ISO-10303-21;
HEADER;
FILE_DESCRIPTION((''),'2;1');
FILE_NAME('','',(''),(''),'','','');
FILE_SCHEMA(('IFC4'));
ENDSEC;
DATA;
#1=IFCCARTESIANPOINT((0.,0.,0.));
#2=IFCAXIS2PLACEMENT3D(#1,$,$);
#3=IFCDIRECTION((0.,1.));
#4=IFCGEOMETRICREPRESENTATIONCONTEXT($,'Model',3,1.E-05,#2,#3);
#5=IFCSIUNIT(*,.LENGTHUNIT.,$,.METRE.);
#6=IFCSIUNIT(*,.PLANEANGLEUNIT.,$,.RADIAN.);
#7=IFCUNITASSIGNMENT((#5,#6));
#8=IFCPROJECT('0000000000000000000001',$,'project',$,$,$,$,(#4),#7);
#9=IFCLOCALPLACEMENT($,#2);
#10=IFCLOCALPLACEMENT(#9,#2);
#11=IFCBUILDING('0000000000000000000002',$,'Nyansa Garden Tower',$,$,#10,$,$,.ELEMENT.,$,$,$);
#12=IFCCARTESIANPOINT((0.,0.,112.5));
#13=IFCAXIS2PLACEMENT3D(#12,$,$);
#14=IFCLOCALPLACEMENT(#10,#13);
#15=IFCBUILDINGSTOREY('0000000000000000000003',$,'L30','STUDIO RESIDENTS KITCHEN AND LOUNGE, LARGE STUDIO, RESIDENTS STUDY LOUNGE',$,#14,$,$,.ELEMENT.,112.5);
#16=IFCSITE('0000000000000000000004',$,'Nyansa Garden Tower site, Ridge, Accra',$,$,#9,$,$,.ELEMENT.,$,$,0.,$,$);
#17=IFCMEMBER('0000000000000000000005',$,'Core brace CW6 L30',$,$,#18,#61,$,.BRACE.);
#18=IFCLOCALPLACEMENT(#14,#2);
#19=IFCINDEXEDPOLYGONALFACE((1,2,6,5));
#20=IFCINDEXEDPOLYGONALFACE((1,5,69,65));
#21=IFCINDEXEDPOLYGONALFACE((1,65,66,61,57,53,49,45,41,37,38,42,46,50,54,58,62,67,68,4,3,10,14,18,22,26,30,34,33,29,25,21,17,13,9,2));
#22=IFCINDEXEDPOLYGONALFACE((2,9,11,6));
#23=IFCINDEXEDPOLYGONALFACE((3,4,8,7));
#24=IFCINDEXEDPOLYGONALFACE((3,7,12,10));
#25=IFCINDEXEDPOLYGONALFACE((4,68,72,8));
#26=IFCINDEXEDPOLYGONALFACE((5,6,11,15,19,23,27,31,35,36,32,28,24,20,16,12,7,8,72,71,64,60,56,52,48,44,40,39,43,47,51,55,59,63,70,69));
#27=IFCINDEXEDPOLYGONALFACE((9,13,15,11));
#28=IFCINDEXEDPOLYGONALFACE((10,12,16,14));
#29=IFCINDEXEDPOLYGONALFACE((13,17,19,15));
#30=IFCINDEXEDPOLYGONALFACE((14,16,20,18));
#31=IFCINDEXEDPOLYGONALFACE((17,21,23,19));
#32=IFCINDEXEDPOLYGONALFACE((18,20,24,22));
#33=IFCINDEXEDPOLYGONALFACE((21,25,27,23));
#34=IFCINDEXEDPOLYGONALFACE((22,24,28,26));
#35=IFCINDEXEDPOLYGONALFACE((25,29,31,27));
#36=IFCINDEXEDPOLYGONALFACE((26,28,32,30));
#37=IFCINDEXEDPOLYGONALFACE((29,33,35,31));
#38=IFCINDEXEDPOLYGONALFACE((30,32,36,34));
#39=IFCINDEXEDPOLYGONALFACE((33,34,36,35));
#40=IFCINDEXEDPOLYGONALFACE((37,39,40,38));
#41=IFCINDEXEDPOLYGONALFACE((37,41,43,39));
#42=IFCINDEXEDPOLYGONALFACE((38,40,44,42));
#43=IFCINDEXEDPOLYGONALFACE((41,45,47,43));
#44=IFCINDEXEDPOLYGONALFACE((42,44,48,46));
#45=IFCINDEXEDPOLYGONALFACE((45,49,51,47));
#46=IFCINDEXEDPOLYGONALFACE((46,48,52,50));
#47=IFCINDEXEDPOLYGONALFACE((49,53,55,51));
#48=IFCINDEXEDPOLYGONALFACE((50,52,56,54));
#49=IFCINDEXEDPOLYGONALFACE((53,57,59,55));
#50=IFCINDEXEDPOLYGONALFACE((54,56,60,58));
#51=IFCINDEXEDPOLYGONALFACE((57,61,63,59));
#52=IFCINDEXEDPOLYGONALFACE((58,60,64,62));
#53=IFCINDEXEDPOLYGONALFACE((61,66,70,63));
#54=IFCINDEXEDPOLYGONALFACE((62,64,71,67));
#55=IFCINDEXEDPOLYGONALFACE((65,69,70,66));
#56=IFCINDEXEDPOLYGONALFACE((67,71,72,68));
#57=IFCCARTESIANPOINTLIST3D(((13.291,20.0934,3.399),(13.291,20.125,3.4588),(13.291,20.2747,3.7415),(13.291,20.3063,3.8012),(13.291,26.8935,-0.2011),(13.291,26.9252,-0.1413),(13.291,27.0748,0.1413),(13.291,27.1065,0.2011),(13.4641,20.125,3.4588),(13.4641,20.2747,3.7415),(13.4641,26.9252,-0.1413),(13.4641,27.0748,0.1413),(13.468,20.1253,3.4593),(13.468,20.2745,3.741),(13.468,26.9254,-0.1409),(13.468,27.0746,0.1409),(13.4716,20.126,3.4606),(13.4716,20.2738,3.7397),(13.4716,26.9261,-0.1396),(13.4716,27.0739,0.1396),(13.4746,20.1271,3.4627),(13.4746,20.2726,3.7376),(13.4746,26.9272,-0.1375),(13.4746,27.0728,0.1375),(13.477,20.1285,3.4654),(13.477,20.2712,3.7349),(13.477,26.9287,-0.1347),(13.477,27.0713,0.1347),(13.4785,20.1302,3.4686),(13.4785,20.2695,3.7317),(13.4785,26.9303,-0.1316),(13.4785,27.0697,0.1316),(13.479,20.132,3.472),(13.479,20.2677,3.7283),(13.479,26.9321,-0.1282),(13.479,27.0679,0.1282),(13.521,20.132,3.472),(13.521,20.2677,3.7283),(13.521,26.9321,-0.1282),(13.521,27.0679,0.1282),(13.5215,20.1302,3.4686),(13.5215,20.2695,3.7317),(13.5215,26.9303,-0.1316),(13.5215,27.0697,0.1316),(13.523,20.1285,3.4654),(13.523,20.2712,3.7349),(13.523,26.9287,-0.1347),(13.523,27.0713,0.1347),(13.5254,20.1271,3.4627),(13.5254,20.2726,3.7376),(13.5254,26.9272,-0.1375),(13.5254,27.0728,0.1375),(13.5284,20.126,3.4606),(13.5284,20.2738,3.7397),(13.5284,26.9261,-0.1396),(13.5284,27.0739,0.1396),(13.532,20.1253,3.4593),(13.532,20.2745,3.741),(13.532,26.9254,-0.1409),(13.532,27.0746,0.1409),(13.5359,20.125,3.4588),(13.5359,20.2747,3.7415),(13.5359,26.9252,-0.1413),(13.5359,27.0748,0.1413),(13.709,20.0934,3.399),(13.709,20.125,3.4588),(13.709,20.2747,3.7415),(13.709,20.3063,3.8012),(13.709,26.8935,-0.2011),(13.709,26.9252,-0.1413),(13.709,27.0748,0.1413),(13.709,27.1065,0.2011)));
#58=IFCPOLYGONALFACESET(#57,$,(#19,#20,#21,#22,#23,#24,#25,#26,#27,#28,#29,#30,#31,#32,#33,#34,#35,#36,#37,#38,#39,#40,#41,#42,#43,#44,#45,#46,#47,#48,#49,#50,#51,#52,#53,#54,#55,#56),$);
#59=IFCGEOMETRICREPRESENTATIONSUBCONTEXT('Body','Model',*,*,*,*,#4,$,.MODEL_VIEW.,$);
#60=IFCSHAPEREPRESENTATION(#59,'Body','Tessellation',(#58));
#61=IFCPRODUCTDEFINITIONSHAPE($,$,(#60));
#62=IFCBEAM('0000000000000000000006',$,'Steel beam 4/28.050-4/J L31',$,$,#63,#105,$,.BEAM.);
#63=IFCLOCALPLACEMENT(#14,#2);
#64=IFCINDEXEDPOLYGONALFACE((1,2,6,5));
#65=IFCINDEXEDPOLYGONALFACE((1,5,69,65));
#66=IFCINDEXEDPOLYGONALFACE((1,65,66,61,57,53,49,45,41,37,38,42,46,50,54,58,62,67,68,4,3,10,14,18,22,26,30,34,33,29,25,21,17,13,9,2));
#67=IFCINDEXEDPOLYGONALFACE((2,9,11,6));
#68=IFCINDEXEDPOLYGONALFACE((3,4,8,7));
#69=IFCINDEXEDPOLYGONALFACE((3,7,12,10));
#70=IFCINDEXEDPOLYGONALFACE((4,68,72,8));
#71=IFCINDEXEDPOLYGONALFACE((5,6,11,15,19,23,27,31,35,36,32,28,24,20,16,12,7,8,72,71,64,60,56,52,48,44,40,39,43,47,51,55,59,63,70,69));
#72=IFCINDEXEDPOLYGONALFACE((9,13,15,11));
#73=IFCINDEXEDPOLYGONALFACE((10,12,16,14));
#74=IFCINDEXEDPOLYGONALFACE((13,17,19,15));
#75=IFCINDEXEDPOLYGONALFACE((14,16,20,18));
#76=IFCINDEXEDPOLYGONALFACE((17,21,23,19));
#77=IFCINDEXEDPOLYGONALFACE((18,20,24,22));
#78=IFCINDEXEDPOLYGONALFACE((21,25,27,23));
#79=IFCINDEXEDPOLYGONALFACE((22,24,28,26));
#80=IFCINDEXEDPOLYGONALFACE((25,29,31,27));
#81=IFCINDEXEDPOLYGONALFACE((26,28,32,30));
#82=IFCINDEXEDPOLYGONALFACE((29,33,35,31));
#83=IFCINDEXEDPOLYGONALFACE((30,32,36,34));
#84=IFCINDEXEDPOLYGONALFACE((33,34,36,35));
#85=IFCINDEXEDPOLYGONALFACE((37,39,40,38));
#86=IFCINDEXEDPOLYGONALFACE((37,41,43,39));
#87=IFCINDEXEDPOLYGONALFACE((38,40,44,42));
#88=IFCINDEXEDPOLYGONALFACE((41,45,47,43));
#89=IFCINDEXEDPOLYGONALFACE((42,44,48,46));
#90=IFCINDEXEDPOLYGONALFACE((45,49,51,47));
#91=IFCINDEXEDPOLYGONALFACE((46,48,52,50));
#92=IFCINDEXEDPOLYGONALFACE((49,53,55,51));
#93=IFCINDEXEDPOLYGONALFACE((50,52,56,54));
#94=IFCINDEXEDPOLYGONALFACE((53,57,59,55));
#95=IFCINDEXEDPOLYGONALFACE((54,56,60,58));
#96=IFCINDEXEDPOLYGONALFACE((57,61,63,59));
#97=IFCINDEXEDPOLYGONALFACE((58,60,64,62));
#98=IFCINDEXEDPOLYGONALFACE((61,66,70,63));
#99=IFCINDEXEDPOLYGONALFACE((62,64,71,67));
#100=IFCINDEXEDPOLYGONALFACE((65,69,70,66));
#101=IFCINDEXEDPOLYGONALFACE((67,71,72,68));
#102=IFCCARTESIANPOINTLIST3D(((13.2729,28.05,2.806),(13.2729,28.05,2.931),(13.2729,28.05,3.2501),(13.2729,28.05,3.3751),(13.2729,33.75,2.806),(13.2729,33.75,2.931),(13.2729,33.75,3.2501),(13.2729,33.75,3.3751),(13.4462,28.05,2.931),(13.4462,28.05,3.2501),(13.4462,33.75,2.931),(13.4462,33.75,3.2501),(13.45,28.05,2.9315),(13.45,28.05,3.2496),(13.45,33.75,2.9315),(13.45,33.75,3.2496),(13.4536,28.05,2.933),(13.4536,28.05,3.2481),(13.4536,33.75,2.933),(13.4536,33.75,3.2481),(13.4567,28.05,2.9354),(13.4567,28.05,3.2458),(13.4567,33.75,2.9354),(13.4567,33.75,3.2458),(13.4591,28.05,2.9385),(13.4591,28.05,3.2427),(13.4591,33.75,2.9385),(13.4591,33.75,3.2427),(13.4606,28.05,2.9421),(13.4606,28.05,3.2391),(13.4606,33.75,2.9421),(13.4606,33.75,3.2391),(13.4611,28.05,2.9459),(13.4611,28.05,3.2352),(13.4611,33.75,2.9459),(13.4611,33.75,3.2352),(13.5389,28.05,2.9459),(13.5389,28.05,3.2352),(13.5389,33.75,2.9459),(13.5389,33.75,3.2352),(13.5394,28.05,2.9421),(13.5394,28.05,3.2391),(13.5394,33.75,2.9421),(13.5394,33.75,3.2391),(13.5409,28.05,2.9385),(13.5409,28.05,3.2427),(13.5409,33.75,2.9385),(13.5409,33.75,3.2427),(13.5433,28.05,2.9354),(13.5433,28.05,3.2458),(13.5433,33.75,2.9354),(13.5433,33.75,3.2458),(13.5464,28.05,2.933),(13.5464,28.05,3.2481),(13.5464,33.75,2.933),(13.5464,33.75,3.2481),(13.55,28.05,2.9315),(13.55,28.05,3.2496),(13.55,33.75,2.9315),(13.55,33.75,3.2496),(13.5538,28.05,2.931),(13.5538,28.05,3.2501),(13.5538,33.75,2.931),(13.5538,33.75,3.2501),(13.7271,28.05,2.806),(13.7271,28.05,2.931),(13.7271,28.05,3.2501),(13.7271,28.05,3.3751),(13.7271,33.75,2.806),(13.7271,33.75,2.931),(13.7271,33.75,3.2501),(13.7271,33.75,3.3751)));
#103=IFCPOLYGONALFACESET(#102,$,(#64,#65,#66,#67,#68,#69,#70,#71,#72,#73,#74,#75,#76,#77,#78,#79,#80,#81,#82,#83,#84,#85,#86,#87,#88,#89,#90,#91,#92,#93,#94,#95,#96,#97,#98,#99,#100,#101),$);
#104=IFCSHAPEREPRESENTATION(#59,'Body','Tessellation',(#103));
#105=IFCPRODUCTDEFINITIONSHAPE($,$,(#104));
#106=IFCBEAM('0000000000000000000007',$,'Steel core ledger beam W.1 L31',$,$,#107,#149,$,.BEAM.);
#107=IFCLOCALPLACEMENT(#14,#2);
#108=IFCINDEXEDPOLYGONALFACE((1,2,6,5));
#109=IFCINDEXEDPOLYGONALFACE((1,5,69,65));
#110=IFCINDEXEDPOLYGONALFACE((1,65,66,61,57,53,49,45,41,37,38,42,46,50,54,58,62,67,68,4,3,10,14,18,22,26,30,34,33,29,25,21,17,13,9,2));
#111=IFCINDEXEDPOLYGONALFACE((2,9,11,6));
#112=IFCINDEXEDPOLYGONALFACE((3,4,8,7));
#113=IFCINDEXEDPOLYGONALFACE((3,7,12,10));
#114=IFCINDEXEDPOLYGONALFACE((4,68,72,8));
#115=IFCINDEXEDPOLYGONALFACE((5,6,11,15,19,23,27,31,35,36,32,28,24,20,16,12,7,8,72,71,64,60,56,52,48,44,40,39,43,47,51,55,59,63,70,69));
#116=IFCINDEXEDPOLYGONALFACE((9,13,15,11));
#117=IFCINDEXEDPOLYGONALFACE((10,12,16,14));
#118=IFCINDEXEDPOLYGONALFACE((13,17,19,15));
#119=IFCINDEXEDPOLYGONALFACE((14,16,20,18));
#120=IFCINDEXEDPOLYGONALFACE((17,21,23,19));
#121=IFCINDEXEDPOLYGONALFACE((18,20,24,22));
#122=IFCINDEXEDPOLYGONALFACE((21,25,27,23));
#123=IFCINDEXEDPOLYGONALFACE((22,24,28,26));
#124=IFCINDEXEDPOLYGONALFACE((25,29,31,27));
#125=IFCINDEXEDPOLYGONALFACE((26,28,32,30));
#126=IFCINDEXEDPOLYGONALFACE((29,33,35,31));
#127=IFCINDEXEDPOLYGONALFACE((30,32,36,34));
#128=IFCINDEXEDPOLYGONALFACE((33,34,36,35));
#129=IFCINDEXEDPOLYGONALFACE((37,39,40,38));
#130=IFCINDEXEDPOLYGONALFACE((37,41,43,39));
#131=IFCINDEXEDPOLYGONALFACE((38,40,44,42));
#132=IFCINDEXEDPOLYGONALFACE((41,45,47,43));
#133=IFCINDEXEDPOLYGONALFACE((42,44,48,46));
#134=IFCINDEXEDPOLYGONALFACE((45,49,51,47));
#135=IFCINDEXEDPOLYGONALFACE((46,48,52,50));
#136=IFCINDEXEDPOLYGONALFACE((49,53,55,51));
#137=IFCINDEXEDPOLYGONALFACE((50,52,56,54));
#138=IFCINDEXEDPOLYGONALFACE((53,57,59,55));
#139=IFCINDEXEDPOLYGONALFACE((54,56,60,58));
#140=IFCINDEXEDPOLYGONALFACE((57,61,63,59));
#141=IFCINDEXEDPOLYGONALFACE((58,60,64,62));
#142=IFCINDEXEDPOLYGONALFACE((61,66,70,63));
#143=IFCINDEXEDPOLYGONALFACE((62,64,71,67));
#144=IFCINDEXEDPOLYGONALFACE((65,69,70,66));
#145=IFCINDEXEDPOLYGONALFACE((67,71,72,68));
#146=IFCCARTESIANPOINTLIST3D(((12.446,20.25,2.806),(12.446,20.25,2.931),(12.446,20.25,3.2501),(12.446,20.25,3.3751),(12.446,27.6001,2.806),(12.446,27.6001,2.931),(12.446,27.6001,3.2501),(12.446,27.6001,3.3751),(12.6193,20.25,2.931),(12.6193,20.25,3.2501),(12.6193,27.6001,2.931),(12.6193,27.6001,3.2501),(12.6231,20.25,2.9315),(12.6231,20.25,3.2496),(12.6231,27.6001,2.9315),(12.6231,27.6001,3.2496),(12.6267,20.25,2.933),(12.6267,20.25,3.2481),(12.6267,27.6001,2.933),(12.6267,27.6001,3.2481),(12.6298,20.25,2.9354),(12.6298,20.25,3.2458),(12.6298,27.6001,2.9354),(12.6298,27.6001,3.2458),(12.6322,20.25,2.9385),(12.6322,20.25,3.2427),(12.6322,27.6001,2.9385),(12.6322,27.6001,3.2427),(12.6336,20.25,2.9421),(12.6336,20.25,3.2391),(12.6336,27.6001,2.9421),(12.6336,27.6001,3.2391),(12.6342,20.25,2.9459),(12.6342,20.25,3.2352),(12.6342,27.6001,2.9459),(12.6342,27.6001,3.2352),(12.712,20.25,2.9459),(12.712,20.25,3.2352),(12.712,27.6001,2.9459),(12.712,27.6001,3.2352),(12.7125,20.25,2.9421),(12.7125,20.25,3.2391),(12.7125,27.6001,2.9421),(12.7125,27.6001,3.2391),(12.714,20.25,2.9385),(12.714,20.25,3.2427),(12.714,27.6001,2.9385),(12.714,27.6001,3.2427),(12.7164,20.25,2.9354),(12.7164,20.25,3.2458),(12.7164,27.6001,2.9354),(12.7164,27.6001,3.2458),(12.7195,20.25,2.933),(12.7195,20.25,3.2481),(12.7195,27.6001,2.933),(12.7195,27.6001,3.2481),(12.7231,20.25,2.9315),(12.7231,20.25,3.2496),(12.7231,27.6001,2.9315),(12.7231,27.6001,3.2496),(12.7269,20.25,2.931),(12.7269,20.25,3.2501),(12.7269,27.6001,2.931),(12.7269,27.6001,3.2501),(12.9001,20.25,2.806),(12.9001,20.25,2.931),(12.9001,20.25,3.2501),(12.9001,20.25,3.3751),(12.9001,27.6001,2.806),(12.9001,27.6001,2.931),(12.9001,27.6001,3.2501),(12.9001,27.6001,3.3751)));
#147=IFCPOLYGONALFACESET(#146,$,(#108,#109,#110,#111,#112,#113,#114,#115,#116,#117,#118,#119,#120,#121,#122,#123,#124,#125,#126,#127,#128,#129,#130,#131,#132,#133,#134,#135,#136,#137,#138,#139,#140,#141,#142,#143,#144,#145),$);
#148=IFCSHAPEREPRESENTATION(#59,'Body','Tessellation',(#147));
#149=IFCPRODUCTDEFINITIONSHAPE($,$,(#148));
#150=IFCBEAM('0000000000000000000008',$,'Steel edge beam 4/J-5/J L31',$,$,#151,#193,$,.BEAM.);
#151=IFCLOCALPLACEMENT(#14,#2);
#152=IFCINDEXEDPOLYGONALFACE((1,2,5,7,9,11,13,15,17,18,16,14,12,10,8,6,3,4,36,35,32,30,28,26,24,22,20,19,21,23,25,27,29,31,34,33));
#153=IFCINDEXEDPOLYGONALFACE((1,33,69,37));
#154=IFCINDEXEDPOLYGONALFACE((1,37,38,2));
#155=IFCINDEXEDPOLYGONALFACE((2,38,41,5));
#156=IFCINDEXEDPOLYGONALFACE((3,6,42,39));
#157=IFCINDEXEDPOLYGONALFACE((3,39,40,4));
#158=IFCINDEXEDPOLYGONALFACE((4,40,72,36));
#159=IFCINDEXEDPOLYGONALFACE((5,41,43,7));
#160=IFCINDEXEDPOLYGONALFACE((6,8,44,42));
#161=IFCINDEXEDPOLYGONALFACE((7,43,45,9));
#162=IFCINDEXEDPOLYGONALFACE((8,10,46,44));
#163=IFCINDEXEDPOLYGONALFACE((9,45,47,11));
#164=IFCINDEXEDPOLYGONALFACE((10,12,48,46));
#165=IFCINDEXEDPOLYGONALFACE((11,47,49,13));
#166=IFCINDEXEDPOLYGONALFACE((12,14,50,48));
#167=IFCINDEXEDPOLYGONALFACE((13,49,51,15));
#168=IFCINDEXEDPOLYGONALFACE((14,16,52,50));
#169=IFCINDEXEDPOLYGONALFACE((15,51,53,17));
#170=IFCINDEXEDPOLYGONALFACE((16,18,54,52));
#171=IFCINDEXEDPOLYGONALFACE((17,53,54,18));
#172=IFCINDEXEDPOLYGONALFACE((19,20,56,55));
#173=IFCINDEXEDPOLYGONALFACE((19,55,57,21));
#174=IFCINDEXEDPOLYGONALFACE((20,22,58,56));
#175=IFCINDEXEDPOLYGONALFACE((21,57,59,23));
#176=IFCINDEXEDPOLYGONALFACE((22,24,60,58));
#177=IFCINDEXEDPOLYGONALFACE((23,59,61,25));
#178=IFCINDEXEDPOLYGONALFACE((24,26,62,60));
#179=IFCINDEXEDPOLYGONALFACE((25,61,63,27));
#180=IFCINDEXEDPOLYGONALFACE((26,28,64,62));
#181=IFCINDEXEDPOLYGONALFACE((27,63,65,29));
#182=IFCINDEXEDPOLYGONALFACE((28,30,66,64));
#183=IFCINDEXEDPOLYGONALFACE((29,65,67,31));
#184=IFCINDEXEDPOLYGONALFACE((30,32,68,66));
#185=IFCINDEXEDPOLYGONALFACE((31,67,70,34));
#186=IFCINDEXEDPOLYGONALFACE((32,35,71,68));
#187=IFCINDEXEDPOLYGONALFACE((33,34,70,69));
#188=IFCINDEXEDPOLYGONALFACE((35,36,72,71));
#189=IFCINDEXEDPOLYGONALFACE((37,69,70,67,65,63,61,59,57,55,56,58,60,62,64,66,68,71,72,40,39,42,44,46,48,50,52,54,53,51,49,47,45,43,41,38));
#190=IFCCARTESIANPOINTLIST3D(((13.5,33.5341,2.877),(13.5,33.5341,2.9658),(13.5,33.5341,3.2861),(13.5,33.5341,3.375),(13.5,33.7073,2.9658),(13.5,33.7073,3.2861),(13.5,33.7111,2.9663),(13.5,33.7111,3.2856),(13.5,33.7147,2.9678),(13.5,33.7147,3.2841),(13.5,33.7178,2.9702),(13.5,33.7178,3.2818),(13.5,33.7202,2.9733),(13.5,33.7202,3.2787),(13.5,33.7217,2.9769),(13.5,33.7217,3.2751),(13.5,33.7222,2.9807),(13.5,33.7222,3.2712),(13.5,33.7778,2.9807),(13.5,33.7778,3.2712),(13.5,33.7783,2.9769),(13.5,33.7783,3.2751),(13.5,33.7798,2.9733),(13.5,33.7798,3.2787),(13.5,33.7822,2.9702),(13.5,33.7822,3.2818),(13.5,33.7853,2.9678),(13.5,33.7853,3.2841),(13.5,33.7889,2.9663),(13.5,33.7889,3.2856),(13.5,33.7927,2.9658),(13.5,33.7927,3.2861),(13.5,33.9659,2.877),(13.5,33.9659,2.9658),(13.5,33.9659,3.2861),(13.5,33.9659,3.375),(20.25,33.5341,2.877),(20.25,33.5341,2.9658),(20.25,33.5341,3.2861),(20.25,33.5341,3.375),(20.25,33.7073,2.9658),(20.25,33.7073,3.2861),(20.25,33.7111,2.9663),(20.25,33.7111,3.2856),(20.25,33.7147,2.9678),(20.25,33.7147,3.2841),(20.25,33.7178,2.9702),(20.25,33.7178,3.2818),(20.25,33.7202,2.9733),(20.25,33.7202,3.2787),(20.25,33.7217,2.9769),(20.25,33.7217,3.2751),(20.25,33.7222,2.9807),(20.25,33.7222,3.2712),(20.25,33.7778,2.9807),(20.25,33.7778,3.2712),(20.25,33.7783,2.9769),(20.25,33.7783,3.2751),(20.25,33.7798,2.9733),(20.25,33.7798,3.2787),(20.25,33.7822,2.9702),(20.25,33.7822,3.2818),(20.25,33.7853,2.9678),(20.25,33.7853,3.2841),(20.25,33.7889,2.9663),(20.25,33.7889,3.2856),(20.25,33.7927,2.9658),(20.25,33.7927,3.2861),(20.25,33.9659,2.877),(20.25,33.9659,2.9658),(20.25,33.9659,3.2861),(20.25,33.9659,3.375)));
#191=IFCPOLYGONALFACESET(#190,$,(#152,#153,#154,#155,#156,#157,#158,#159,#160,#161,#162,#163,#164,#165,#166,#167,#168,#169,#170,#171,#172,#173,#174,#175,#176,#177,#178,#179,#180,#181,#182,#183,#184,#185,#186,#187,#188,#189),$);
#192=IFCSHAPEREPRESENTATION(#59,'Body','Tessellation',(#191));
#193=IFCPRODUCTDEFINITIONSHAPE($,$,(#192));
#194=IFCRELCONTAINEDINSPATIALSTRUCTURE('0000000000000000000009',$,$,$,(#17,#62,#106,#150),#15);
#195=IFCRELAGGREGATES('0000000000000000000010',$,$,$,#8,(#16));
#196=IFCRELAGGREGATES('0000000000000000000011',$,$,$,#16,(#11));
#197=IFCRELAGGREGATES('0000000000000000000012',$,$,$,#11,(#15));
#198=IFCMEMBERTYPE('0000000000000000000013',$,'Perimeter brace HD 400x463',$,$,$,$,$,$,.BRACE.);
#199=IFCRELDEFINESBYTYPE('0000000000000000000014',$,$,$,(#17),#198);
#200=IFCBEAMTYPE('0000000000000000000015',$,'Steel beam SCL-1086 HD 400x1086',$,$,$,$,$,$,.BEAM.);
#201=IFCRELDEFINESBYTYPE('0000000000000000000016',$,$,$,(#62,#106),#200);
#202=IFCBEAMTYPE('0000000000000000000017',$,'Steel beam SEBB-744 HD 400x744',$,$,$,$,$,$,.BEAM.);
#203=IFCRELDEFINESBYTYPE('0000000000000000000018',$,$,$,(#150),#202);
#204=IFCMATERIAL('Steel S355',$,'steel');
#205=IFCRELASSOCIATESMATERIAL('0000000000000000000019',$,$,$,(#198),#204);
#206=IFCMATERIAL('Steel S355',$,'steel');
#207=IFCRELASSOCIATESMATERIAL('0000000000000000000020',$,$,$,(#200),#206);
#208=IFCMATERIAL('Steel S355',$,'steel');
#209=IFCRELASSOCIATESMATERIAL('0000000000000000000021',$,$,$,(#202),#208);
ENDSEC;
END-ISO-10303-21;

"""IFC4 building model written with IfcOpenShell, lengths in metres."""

from ifc_helpers import new_model, si_unit, direction, frame, origin, origin_2d, place, context, subcontext, project, spatial, i_section, extrude, material, material_profile, profile_set, type_object, element, save


model = new_model("IFC4")

# Units and contexts
model_context = context("Model", 3, precision=1e-05, world=origin(), true_north=direction((0.0, 1.0)))
body_context = subcontext(model_context, "Body", "Model", "MODEL_VIEW")
ifc_project = project(units=[si_unit("LENGTHUNIT", "METRE"), si_unit("PLANEANGLEUNIT", "RADIAN")], contexts=[model_context])

# Site, building, storey
site_placement = place(None, origin())
site = spatial("IfcSite", under=ifc_project, at=site_placement, Name="Nyansa Garden Tower site, Ridge, Accra", CompositionType="ELEMENT", RefElevation=0.0)
building_placement = place(site_placement, origin())
building = spatial("IfcBuilding", under=site, at=building_placement, Name="Nyansa Garden Tower", CompositionType="ELEMENT")
storey_placement = place(building_placement, frame((0.0, 0.0, 112.5)))
storey = spatial("IfcBuildingStorey", under=building, at=storey_placement, Name="L30", Description="STUDIO RESIDENTS KITCHEN AND LOUNGE, LARGE STUDIO, RESIDENTS STUDY LOUNGE", CompositionType="ELEMENT", Elevation=112.5)

# Member
ifc_material_1 = material(Name="Steel S355", Category="steel")
ifc_material_profile_1 = material_profile(ifc_material_1, i_section(OverallWidth=0.418, OverallDepth=0.4551, WebThickness=0.042, FlangeThickness=0.0676, FilletRadius=0.0149, at=origin_2d()), Name="HD 400x463")
ifc_profile_set_1 = profile_set([ifc_material_profile_1], Name="Steel S355")
member_type_1 = type_object("IfcMemberType", Name="Perimeter brace HD 400x463", PredefinedType="BRACE", material=ifc_profile_set_1)
member_1_placement = place(storey_placement, frame((13.5, 27.0, 0.0), z_axis=(0.0, -0.883784, 0.467895), x_axis=(1.0, 0.0, 0.0)))
element("IfcMember", 1, at=member_1_placement, inside=storey, type_object=member_type_1, Name="Core brace CW6 L30", PredefinedType="BRACE", context=body_context, shape_type="SweptSolid", body=[
    extrude(i_section(OverallWidth=0.418, OverallDepth=0.4551, WebThickness=0.042, FlangeThickness=0.0676, FilletRadius=0.0149, at=origin_2d()), origin(), (0.0, 0.0, 1.0), 7.6943),
])

# Beams
ifc_material_2 = material(Name="Steel S355", Category="steel")
ifc_material_profile_2 = material_profile(ifc_material_2, i_section(OverallWidth=0.4541, OverallDepth=0.5691, WebThickness=0.0779, FlangeThickness=0.125, FilletRadius=0.0149, at=origin_2d()), Name="HD 400x1086")
ifc_profile_set_2 = profile_set([ifc_material_profile_2], Name="Steel S355")
beam_type_1 = type_object("IfcBeamType", Name="Steel beam SCL-1086 HD 400x1086", PredefinedType="BEAM", material=ifc_profile_set_2)
beam_1_placement = place(storey_placement, frame((13.5, 28.05, 3.0906), z_axis=(0.0, 1.0, 0.0), x_axis=(-1.0, 0.0, 0.0)))
element("IfcBeam", 2, at=beam_1_placement, inside=storey, type_object=beam_type_1, Name="Steel beam 4/28.050-4/J L31", PredefinedType="BEAM", context=body_context, shape_type="SweptSolid", body=[
    extrude(i_section(OverallWidth=0.4541, OverallDepth=0.5691, WebThickness=0.0779, FlangeThickness=0.125, FilletRadius=0.0149, at=origin_2d()), origin(), (0.0, 0.0, 1.0), 5.7),
])
beam_2_placement = place(storey_placement, frame((12.6731, 27.6001, 3.0906), z_axis=(0.0, -1.0, 0.0), x_axis=(1.0, 0.0, 0.0)))
element("IfcBeam", 3, at=beam_2_placement, inside=storey, type_object=beam_type_1, Name="Steel core ledger beam W.1 L31", PredefinedType="BEAM", context=body_context, shape_type="SweptSolid", body=[
    extrude(i_section(OverallWidth=0.4541, OverallDepth=0.5691, WebThickness=0.0779, FlangeThickness=0.125, FilletRadius=0.0149, at=origin_2d()), origin(), (0.0, 0.0, 1.0), 7.3501),
])
ifc_material_3 = material(Name="Steel S355", Category="steel")
ifc_material_profile_3 = material_profile(ifc_material_3, i_section(OverallWidth=0.4319, OverallDepth=0.498, WebThickness=0.0557, FlangeThickness=0.0889, FilletRadius=0.0149, at=origin_2d()), Name="HD 400x744")
ifc_profile_set_3 = profile_set([ifc_material_profile_3], Name="Steel S355")
beam_type_2 = type_object("IfcBeamType", Name="Steel beam SEBB-744 HD 400x744", PredefinedType="BEAM", material=ifc_profile_set_3)
beam_3_placement = place(storey_placement, frame((13.5, 33.75, 3.126), z_axis=(1.0, 0.0, 0.0), x_axis=(0.0, 1.0, 0.0)))
element("IfcBeam", 4, at=beam_3_placement, inside=storey, type_object=beam_type_2, Name="Steel edge beam 4/J-5/J L31", PredefinedType="BEAM", context=body_context, shape_type="SweptSolid", body=[
    extrude(i_section(OverallWidth=0.4319, OverallDepth=0.498, WebThickness=0.0557, FlangeThickness=0.0889, FilletRadius=0.0149, at=origin_2d()), origin(), (0.0, 0.0, 1.0), 6.75),
])

save(model, "model.ifc")
